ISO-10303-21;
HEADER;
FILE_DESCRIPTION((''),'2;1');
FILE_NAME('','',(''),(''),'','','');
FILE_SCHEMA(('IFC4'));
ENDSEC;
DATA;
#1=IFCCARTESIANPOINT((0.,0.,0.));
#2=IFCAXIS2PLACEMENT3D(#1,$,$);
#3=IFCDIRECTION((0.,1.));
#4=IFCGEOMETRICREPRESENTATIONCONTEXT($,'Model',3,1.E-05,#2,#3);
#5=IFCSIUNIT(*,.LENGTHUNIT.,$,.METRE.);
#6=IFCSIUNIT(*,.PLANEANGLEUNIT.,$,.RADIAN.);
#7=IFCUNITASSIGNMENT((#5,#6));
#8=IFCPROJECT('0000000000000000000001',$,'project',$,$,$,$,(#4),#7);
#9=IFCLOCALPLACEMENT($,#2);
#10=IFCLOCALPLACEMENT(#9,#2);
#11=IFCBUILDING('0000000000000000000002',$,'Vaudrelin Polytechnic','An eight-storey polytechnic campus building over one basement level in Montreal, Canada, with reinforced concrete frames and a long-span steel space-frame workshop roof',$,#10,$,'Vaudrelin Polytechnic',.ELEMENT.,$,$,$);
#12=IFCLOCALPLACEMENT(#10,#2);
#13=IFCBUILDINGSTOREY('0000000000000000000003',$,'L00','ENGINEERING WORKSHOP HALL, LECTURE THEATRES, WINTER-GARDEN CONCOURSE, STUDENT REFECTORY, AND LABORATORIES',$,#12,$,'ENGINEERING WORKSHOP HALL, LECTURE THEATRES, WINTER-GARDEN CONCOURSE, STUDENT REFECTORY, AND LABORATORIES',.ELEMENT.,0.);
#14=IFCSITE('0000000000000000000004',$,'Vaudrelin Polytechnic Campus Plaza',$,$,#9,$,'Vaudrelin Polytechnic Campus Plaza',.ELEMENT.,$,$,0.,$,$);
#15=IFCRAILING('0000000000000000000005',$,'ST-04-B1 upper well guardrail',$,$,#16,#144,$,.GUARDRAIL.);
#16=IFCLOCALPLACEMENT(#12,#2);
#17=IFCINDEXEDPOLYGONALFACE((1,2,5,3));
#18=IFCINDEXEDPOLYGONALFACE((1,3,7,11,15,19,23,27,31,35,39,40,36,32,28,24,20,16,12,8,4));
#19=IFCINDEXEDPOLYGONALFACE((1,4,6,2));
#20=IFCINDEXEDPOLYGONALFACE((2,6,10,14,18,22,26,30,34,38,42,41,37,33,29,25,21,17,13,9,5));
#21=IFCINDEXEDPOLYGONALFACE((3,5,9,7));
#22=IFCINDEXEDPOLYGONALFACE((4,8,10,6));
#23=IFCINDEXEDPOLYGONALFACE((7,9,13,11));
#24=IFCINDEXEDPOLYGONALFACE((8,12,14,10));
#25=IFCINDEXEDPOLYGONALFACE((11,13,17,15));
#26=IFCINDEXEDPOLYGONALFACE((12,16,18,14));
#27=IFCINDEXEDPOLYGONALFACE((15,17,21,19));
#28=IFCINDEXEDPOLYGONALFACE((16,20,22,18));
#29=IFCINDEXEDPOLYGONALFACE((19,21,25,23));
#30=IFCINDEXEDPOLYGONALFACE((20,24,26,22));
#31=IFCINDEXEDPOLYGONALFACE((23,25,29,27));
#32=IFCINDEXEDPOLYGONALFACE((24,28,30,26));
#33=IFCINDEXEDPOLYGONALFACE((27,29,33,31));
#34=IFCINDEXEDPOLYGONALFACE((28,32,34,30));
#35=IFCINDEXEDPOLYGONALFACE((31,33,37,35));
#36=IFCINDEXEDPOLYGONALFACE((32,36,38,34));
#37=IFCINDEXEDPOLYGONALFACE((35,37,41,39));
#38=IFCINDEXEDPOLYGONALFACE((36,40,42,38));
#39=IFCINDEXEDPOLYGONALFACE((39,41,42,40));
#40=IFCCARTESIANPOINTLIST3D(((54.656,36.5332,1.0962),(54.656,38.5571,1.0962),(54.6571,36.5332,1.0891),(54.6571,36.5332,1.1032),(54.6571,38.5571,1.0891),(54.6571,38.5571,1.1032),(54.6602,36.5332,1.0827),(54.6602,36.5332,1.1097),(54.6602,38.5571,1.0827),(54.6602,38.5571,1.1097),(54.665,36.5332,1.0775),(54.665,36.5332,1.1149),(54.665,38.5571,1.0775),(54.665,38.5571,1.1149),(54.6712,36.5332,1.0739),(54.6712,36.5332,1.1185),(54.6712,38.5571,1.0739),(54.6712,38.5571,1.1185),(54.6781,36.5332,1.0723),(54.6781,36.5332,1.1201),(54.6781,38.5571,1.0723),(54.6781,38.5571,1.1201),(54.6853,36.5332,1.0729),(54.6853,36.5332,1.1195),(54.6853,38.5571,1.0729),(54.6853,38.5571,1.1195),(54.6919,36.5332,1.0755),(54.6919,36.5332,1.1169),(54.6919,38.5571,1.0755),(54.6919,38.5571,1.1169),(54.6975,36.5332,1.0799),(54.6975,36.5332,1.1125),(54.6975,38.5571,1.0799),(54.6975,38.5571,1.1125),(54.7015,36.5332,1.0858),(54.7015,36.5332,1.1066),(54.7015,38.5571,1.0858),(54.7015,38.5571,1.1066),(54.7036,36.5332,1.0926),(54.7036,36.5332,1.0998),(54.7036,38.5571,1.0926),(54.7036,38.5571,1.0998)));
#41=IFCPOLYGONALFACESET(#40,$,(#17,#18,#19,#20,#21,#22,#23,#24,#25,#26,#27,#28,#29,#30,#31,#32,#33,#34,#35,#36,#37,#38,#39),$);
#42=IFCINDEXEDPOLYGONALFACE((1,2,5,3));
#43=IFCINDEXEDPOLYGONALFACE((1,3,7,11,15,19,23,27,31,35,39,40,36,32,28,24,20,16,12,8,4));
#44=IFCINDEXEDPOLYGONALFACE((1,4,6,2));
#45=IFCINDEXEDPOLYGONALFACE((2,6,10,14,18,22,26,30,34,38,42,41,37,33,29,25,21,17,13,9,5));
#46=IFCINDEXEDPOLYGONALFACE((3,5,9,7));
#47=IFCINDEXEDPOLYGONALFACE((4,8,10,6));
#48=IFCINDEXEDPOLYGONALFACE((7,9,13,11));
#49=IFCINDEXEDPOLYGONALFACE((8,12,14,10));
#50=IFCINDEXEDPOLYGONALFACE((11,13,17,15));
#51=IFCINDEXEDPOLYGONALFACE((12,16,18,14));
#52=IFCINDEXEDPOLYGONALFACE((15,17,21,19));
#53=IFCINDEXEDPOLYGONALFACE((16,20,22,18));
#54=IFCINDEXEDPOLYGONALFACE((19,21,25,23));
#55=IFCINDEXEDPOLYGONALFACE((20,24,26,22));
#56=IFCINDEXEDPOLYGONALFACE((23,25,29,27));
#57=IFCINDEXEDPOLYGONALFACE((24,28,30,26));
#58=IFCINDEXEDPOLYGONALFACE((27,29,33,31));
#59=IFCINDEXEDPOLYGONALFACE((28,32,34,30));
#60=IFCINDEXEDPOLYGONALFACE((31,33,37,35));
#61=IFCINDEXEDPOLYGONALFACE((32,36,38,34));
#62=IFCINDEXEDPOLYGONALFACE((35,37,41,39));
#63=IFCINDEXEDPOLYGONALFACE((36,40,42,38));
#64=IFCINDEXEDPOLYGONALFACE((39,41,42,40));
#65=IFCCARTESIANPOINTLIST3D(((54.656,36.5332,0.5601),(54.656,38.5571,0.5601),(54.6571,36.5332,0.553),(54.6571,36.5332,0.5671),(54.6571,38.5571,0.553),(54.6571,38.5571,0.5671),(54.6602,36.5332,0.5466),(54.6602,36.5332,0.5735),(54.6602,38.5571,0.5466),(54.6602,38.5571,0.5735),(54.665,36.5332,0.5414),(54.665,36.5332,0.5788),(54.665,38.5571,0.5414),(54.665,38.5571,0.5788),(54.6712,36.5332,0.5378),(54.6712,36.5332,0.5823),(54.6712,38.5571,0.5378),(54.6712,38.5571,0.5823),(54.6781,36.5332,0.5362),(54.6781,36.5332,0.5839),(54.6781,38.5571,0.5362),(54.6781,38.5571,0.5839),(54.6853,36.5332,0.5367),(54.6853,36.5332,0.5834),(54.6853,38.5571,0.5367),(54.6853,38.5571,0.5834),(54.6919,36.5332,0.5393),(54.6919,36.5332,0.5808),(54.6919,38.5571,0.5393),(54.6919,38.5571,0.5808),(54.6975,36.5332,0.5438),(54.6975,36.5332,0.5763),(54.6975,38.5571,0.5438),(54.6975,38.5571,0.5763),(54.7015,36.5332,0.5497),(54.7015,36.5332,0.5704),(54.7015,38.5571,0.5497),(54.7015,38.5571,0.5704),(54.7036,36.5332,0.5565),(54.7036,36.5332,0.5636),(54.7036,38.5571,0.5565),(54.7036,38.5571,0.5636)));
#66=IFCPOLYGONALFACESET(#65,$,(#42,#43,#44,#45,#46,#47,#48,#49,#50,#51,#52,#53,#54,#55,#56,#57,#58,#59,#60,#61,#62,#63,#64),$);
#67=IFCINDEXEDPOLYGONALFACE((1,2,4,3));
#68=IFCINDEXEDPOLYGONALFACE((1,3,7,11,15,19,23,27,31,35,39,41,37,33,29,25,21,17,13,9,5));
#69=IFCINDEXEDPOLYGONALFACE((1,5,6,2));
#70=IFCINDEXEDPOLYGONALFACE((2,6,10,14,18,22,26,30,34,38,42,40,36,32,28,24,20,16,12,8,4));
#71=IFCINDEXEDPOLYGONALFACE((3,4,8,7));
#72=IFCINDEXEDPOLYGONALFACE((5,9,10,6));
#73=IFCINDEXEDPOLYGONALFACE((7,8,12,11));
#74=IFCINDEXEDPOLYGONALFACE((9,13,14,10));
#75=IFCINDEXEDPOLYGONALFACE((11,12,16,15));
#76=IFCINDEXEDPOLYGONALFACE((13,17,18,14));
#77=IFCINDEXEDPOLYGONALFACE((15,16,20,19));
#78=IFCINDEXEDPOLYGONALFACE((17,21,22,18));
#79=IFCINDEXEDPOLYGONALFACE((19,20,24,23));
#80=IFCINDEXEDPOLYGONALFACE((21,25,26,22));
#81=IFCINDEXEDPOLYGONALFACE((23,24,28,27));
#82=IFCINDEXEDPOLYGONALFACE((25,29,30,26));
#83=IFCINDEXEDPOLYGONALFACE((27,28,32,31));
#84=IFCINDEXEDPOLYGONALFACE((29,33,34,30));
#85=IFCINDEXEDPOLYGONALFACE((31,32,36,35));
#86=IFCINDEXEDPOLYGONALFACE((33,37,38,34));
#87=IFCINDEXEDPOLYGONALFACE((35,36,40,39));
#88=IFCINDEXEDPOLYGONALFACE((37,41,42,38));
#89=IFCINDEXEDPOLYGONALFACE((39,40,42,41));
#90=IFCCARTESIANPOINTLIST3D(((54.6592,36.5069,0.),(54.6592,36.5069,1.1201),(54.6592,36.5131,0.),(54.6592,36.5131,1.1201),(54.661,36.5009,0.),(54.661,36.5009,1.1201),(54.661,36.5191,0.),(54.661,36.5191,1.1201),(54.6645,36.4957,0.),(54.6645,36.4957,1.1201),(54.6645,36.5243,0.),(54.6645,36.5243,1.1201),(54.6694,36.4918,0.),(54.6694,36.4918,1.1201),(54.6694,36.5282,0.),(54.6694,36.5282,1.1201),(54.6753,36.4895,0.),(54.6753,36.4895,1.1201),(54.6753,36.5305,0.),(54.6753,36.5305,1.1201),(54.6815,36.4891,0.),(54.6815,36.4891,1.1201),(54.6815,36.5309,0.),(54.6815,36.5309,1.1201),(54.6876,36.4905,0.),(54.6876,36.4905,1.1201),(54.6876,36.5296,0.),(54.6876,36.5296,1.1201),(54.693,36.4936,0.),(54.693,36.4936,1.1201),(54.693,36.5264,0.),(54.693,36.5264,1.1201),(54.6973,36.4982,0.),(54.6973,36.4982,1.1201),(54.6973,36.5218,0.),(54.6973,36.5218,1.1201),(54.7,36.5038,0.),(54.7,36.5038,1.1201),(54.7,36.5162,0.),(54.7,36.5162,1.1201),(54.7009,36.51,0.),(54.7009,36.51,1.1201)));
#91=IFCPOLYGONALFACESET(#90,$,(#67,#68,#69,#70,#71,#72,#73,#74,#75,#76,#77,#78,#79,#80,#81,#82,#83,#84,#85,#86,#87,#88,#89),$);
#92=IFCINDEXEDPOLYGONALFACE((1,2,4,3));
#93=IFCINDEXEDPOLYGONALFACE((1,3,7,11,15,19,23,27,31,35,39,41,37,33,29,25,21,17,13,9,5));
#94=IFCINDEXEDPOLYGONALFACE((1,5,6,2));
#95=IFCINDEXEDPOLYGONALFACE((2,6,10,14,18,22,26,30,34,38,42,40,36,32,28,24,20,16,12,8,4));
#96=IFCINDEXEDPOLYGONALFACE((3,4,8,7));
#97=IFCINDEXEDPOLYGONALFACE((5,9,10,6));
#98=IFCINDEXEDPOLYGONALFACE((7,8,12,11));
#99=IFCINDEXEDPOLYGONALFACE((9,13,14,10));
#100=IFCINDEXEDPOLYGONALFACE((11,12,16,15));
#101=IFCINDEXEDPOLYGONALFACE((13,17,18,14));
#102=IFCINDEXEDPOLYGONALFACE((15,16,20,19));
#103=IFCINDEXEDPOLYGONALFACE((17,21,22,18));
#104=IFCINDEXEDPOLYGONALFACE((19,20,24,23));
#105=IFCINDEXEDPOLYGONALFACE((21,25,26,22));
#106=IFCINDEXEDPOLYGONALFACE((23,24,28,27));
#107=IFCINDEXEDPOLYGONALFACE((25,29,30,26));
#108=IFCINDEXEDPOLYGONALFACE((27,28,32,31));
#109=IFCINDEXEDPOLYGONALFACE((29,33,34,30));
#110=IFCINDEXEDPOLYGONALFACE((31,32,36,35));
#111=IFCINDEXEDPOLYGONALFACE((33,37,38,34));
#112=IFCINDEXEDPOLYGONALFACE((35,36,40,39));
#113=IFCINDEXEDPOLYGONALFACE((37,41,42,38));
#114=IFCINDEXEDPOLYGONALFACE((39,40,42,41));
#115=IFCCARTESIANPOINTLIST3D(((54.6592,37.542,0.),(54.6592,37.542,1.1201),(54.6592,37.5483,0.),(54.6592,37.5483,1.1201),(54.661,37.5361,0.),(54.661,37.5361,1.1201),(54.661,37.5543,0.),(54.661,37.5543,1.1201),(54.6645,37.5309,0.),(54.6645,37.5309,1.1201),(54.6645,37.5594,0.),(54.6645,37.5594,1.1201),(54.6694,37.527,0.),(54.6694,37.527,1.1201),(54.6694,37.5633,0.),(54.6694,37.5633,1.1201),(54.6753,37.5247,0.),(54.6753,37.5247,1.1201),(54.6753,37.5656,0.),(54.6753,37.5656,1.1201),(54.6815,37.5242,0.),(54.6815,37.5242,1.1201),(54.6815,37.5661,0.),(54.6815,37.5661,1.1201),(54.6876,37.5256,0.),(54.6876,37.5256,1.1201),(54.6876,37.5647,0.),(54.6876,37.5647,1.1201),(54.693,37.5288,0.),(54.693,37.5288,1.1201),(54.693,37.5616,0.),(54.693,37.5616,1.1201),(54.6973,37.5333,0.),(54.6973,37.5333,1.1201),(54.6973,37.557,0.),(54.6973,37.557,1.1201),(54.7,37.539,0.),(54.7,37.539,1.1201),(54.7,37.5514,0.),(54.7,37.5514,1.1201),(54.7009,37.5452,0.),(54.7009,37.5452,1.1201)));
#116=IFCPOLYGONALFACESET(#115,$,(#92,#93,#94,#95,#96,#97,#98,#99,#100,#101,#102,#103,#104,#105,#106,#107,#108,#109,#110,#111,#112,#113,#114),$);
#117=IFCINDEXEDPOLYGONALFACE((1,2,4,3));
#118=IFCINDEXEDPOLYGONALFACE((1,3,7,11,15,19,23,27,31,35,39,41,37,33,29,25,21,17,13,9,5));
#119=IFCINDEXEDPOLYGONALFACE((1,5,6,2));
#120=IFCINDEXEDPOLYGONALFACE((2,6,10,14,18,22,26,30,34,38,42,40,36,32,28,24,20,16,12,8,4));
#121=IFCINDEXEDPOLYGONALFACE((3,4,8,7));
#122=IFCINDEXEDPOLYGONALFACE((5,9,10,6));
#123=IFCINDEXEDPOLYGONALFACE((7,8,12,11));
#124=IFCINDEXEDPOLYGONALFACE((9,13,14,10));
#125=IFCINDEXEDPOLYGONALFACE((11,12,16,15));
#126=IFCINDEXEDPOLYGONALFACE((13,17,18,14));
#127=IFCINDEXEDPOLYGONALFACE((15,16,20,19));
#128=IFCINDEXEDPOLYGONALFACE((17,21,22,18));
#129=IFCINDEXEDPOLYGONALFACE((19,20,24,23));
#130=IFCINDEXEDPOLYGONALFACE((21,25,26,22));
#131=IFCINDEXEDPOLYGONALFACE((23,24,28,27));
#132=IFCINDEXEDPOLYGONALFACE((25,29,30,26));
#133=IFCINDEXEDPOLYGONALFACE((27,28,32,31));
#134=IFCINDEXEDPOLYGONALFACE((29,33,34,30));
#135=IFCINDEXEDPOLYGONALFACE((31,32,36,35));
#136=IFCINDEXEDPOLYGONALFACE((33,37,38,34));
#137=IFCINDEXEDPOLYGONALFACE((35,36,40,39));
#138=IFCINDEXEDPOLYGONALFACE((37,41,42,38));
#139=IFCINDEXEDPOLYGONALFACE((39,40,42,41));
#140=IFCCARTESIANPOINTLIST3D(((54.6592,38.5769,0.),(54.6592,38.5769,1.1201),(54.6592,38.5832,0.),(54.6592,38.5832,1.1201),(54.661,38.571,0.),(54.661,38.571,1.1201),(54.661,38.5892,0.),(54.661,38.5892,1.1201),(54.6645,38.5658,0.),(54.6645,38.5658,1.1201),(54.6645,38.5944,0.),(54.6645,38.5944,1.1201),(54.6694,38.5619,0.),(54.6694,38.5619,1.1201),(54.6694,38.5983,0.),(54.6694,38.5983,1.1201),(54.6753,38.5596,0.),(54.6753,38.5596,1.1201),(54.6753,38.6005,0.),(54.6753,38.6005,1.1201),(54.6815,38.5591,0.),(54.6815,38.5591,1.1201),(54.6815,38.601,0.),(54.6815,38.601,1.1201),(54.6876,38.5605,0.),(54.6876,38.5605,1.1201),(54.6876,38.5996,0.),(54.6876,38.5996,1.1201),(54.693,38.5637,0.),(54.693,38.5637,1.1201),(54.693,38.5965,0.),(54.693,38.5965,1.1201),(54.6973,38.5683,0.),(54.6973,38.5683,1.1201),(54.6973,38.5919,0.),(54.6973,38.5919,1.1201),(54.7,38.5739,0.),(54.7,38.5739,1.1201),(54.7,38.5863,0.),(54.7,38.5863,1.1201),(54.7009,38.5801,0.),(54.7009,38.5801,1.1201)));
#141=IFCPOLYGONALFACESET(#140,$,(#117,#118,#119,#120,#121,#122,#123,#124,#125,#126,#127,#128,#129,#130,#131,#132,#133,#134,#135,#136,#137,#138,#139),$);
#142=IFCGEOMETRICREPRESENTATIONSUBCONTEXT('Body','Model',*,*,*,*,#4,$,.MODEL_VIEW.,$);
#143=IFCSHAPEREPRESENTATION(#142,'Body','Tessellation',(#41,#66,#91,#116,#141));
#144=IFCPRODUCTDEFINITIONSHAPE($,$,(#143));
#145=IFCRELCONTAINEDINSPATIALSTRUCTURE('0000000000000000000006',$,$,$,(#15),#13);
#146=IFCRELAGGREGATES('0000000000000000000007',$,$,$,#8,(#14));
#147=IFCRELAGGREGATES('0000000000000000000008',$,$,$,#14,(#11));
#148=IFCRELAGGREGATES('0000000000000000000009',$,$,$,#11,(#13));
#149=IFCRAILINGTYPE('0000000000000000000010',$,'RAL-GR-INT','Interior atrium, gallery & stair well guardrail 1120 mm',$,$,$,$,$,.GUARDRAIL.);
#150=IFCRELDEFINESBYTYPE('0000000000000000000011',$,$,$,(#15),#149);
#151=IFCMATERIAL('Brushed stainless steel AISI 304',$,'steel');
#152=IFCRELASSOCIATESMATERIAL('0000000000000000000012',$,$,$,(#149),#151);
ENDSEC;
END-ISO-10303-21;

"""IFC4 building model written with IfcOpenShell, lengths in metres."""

from ifc_helpers import new_model, si_unit, direction, frame, origin, origin_2d, place, context, subcontext, project, spatial, circle, extrude, material, type_object, element, save


model = new_model("IFC4")

# Units and contexts
model_context = context("Model", 3, precision=1e-05, world=origin(), true_north=direction((0.0, 1.0)))
body_context = subcontext(model_context, "Body", "Model", "MODEL_VIEW")
ifc_project = project(units=[si_unit("LENGTHUNIT", "METRE"), si_unit("PLANEANGLEUNIT", "RADIAN")], contexts=[model_context])

# Site, building, storey
site_placement = place(None, origin())
site = spatial("IfcSite", under=ifc_project, at=site_placement, Name="Vaudrelin Polytechnic Campus Plaza", LongName="Vaudrelin Polytechnic Campus Plaza", CompositionType="ELEMENT", RefElevation=0.0)
building_placement = place(site_placement, origin())
building = spatial("IfcBuilding", under=site, at=building_placement, Name="Vaudrelin Polytechnic", Description="An eight-storey polytechnic campus building over one basement level in Montreal, Canada, with reinforced concrete frames and a long-span steel space-frame workshop roof", LongName="Vaudrelin Polytechnic", CompositionType="ELEMENT")
storey_placement = place(building_placement, origin())
storey = spatial("IfcBuildingStorey", under=building, at=storey_placement, Name="L00", Description="ENGINEERING WORKSHOP HALL, LECTURE THEATRES, WINTER-GARDEN CONCOURSE, STUDENT REFECTORY, AND LABORATORIES", LongName="ENGINEERING WORKSHOP HALL, LECTURE THEATRES, WINTER-GARDEN CONCOURSE, STUDENT REFECTORY, AND LABORATORIES", CompositionType="ELEMENT", Elevation=0.0)

# Shared definitions
ifc_material_1 = material(Name="Brushed stainless steel AISI 304", Category="steel")

# Railing
railing_type_1 = type_object("IfcRailingType", Name="RAL-GR-INT", Description="Interior atrium, gallery & stair well guardrail 1120 mm", PredefinedType="GUARDRAIL", material=ifc_material_1)
railing_1_placement = place(storey_placement, frame((54.6799, 36.51, 0.0)))
element("IfcRailing", 1, at=railing_1_placement, inside=storey, type_object=railing_type_1, Name="ST-04-B1 upper well guardrail", PredefinedType="GUARDRAIL", context=body_context, shape_type="SweptSolid", body=[
    extrude(circle(Radius=0.0239, at=origin_2d()), frame((0.0, 0.0232, 1.0962), z_axis=(0.0, 1.0, 0.0), x_axis=(-1.0, 0.0, 0.0)), (0.0, 0.0, 1.0), 2.0239),
    extrude(circle(Radius=0.0239, at=origin_2d()), frame((0.0, 0.0232, 0.5601), z_axis=(0.0, 1.0, 0.0), x_axis=(-1.0, 0.0, 0.0)), (0.0, 0.0, 1.0), 2.0239),
    extrude(circle(Radius=0.021, at=origin_2d()), origin(), (0.0, 0.0, 1.0), 1.1201),
    extrude(circle(Radius=0.021, at=origin_2d()), frame((0.0, 1.0352, 0.0)), (0.0, 0.0, 1.0), 1.1201),
    extrude(circle(Radius=0.021, at=origin_2d()), frame((0.0, 2.0701, 0.0)), (0.0, 0.0, 1.0), 1.1201),
])

save(model, "model.ifc")
